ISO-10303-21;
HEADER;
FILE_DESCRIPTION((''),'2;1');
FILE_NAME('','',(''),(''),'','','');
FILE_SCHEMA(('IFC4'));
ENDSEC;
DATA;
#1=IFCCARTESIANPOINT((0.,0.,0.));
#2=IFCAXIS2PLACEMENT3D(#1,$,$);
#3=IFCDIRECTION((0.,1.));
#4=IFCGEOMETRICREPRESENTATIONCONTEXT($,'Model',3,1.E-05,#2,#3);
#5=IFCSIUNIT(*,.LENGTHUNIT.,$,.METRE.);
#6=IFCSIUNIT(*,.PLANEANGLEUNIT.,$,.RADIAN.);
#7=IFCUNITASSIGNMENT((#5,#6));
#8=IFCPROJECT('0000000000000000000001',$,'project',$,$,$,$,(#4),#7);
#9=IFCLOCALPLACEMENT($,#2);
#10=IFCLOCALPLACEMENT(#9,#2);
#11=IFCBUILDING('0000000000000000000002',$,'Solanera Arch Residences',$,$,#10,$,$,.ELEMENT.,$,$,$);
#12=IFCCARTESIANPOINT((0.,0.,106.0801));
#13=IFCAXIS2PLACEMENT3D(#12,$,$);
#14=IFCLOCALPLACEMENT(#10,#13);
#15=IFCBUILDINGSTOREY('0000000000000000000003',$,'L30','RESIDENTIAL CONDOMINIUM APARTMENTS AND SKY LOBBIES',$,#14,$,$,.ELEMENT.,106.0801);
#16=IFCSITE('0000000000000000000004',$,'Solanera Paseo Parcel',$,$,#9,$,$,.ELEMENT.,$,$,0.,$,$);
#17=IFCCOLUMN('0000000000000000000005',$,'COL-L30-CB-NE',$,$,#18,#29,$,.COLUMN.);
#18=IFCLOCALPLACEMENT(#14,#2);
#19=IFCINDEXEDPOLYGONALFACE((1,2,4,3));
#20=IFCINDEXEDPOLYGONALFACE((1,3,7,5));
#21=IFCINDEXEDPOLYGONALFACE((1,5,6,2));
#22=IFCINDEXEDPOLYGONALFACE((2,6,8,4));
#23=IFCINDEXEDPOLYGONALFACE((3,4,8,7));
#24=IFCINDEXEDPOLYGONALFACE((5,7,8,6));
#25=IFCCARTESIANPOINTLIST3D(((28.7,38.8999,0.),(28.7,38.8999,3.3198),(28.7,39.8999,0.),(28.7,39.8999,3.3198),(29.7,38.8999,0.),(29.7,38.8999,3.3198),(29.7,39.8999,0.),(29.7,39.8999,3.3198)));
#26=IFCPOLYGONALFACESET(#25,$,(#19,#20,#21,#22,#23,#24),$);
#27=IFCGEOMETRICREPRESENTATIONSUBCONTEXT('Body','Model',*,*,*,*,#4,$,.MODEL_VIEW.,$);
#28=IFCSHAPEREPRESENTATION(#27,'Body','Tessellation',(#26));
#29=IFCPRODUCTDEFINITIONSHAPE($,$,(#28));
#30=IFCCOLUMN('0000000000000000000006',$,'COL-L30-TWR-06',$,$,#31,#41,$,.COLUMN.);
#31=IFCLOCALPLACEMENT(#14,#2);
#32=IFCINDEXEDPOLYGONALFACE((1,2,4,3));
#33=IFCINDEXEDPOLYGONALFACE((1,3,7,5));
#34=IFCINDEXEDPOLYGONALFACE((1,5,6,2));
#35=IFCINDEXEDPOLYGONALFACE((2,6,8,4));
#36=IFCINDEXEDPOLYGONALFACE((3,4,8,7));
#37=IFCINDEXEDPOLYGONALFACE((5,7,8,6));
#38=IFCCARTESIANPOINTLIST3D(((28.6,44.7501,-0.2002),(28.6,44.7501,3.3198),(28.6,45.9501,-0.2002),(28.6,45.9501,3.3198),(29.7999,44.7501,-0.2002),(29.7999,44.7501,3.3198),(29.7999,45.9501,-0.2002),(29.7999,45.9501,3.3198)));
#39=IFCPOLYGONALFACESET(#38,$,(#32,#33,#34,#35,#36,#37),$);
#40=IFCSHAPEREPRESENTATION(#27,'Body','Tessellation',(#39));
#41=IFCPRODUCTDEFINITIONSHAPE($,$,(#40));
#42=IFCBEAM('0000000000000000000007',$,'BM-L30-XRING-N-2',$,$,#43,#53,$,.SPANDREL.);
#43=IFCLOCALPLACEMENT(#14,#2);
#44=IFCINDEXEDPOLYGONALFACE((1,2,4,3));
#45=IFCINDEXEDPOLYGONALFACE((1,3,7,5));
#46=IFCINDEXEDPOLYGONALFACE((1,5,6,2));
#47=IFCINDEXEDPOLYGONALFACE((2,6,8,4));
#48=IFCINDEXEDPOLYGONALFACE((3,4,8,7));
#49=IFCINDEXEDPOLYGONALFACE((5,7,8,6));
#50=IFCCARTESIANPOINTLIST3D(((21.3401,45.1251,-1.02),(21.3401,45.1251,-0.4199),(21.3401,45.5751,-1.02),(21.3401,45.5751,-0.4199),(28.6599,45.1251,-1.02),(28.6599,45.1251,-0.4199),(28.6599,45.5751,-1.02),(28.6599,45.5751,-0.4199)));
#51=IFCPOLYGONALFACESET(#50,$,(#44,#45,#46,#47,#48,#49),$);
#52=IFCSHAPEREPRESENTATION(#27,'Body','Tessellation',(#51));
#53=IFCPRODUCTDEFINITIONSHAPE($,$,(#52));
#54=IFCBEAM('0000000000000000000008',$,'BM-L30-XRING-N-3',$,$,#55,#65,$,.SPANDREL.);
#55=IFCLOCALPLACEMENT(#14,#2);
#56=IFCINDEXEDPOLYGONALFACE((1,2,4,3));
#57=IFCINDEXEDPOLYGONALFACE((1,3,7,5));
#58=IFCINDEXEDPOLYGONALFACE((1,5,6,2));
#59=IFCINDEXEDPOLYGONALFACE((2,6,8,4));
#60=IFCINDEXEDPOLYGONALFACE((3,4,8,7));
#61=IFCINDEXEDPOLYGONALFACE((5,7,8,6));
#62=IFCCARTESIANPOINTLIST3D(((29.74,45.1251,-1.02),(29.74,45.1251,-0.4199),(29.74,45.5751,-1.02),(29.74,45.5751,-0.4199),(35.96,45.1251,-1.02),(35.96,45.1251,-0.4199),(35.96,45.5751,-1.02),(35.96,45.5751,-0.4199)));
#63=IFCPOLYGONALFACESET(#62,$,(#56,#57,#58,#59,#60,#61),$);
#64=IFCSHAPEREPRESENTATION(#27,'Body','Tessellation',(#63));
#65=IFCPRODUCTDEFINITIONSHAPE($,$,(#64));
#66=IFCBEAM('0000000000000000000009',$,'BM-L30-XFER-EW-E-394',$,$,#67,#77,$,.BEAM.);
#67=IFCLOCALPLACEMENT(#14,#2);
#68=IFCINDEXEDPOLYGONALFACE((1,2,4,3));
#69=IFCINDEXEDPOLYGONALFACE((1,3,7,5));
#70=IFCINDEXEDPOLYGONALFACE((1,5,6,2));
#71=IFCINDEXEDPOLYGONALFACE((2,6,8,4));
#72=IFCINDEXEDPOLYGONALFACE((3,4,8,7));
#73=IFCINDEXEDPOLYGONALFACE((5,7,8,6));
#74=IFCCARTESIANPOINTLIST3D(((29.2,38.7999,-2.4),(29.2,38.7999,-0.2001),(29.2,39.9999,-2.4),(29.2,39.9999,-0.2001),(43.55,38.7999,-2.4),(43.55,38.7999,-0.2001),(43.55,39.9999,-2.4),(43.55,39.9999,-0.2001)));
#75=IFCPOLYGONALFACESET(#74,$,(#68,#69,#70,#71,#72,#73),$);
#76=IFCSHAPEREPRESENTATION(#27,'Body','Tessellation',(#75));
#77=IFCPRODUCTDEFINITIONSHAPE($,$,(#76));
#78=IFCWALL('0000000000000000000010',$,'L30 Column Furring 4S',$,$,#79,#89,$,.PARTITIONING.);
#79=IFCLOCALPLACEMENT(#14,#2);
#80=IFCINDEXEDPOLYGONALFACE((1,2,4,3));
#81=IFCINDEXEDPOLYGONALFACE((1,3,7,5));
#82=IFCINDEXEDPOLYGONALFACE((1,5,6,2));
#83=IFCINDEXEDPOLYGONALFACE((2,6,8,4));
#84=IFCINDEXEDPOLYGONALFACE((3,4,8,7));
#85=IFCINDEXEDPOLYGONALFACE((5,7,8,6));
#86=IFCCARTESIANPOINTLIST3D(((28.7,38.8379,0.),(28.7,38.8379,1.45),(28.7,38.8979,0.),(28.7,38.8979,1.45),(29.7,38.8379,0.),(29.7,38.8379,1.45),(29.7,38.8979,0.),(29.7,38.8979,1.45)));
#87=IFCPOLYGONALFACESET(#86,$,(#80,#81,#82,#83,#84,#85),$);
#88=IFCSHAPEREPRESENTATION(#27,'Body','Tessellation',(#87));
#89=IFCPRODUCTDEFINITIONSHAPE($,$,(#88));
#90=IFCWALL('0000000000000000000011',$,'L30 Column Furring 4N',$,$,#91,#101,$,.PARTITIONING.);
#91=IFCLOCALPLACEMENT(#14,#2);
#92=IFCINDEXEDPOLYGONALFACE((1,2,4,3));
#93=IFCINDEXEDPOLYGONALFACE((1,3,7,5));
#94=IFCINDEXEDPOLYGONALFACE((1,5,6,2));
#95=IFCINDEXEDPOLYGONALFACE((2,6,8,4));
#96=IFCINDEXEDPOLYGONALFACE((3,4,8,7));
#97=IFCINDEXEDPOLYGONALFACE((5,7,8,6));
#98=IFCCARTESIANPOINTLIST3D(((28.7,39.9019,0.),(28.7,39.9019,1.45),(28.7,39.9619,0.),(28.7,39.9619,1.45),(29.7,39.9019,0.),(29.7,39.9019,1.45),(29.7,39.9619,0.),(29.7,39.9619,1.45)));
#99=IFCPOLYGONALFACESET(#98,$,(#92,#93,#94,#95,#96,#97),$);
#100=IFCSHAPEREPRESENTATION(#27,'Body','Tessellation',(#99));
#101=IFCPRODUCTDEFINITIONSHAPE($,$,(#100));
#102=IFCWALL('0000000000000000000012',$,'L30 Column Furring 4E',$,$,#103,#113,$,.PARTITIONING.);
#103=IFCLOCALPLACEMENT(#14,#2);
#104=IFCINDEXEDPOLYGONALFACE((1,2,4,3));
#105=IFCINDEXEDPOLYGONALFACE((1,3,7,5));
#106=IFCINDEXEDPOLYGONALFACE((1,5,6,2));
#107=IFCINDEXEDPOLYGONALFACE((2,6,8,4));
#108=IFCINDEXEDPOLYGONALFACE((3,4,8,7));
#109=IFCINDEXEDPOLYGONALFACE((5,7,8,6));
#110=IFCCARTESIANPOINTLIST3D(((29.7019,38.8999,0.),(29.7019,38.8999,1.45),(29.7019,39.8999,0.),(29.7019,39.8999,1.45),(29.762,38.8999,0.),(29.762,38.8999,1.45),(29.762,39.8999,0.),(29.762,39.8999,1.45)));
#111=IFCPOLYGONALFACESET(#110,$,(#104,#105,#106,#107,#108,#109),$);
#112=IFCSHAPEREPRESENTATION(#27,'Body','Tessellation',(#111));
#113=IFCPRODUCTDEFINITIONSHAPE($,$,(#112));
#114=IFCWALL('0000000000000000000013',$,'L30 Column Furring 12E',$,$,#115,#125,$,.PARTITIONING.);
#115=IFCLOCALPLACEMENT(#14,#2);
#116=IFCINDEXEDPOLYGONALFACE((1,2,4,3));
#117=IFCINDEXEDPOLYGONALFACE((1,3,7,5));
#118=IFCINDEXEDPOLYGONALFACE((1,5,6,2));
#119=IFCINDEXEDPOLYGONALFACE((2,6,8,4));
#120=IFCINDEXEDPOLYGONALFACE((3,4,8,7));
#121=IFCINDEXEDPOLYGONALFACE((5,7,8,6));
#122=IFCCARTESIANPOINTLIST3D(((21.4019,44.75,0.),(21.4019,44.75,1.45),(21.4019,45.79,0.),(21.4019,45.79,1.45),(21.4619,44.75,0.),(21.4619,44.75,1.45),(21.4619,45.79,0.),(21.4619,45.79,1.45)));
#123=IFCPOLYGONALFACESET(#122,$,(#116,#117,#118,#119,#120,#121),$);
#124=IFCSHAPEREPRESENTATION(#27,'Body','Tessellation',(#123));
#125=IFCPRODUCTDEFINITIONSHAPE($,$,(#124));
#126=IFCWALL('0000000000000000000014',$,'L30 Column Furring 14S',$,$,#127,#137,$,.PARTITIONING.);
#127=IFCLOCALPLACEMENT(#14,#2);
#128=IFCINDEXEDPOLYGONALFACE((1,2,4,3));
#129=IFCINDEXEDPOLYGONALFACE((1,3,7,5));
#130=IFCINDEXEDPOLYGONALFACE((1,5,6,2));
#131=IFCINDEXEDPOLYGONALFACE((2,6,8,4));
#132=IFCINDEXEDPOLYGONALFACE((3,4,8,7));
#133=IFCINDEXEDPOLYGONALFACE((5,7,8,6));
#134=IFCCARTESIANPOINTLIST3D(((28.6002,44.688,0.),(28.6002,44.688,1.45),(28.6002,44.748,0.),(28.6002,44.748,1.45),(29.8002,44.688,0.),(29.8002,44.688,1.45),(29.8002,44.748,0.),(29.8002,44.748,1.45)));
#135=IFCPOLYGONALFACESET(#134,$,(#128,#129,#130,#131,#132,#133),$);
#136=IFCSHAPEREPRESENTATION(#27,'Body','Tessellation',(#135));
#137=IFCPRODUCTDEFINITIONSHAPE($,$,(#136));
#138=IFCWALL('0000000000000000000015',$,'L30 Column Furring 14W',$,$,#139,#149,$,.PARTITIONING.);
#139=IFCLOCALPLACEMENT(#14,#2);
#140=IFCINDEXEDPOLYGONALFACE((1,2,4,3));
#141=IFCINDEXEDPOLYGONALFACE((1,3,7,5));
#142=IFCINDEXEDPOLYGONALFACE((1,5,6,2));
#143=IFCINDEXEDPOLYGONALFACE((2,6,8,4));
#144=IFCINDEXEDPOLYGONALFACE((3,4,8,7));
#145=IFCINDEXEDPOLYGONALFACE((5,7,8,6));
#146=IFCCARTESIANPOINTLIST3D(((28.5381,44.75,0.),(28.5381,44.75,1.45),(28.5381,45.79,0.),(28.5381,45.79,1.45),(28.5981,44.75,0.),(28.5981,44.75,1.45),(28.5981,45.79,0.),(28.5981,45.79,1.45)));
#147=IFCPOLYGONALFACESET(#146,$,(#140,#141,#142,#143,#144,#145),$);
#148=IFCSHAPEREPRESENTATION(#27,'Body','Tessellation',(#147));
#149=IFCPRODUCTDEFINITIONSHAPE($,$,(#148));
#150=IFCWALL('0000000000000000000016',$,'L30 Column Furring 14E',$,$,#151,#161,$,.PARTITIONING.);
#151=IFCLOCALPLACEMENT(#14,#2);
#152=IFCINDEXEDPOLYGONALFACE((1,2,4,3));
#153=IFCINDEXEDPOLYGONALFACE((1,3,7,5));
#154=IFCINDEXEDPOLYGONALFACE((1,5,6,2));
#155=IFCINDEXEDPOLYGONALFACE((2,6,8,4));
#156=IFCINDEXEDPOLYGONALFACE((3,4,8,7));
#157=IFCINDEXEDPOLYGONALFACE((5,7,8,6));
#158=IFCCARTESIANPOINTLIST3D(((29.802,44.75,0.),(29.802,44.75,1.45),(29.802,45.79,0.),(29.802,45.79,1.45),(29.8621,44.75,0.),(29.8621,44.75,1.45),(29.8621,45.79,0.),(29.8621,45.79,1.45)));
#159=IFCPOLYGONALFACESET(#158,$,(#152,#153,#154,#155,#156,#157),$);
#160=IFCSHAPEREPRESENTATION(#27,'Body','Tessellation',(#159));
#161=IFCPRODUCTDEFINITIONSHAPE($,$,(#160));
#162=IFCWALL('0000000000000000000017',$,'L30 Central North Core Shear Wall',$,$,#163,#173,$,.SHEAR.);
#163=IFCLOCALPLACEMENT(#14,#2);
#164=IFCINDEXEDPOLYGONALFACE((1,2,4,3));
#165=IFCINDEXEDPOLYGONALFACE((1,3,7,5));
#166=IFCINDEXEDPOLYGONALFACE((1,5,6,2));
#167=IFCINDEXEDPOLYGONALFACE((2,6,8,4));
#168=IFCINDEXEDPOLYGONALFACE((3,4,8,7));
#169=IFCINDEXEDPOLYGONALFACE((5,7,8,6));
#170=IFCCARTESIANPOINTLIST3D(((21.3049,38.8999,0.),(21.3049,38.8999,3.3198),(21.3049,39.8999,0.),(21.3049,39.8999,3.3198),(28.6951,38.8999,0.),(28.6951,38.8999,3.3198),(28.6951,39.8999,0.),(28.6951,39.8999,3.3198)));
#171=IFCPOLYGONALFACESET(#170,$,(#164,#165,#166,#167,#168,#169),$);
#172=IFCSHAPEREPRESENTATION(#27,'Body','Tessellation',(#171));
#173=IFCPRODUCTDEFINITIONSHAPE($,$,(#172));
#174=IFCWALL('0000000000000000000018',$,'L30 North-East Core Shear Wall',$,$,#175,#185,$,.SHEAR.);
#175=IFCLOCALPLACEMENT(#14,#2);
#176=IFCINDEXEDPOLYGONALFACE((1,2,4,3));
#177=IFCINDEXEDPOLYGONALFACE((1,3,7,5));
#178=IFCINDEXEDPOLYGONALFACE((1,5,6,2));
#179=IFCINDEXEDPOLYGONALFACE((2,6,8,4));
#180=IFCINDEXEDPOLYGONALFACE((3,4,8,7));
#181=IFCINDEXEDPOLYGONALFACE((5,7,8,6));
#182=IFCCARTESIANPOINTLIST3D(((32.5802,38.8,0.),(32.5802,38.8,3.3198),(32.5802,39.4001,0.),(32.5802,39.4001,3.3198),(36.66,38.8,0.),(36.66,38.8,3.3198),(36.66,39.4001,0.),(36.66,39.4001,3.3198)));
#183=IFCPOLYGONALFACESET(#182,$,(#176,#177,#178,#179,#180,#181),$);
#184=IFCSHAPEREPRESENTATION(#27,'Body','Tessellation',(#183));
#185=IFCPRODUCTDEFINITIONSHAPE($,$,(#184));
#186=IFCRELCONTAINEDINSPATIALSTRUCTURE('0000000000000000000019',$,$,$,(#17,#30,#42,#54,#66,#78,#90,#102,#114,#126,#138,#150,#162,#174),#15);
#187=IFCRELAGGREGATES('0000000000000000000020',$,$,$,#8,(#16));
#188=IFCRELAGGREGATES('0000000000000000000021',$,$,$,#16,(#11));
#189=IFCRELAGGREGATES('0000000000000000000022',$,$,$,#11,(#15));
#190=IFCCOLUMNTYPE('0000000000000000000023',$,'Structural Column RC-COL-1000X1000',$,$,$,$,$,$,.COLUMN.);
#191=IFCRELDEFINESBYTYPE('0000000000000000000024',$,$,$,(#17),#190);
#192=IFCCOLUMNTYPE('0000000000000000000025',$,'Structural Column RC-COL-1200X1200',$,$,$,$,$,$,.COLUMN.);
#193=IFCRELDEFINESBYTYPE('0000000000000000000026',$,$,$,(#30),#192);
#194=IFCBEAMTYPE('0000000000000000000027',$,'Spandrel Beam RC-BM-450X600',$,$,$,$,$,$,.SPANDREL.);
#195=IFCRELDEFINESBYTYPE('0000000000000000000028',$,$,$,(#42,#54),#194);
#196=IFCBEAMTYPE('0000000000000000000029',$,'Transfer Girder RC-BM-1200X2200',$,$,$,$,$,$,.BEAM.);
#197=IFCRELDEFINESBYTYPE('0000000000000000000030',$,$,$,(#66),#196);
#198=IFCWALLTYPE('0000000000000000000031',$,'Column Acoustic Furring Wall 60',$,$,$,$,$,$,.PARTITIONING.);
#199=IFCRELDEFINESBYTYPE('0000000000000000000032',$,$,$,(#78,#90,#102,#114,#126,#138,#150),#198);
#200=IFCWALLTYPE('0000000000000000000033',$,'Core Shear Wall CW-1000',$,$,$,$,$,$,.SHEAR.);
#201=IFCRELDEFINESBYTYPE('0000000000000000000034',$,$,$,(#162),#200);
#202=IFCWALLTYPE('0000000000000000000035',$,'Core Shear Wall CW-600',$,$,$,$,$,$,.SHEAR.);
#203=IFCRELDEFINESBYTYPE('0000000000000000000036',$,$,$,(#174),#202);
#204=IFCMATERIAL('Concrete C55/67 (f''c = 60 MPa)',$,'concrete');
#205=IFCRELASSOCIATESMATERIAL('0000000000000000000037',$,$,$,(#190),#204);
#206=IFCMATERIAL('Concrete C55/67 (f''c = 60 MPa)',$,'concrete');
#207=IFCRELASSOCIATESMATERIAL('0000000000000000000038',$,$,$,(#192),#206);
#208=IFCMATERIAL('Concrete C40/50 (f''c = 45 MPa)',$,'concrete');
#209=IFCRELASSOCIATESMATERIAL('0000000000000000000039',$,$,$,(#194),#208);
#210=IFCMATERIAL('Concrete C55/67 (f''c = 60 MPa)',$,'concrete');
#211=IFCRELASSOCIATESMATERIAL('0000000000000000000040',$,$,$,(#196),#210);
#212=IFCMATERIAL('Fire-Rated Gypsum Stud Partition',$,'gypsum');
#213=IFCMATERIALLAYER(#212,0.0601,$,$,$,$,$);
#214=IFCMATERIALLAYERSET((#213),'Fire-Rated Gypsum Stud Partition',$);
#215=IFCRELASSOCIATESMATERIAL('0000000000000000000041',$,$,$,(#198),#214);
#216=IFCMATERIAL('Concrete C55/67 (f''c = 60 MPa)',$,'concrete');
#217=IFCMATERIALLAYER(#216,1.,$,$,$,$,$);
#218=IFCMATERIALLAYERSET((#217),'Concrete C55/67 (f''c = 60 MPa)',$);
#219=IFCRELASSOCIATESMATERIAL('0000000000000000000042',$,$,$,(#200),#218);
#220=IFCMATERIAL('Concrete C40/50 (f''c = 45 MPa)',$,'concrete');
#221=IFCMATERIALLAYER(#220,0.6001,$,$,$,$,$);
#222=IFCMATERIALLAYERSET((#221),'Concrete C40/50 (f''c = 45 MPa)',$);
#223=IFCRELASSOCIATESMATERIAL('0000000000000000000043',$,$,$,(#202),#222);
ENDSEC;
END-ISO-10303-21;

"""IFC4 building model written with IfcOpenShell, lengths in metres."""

from ifc_helpers import new_model, si_unit, direction, frame, frame_2d, origin, origin_2d, place, context, subcontext, project, spatial, rectangle, extrude, material, layer, layer_set, material_profile, profile_set, type_object, element, save


model = new_model("IFC4")

# Units and contexts
model_context = context("Model", 3, precision=1e-05, world=origin(), true_north=direction((0.0, 1.0)))
body_context = subcontext(model_context, "Body", "Model", "MODEL_VIEW")
ifc_project = project(units=[si_unit("LENGTHUNIT", "METRE"), si_unit("PLANEANGLEUNIT", "RADIAN")], contexts=[model_context])

# Site, building, storey
site_placement = place(None, origin())
site = spatial("IfcSite", under=ifc_project, at=site_placement, Name="Solanera Paseo Parcel", CompositionType="ELEMENT", RefElevation=0.0)
building_placement = place(site_placement, origin())
building = spatial("IfcBuilding", under=site, at=building_placement, Name="Solanera Arch Residences", CompositionType="ELEMENT")
storey_placement = place(building_placement, frame((0.0, 0.0, 106.0801)))
storey = spatial("IfcBuildingStorey", under=building, at=storey_placement, Name="L30", Description="RESIDENTIAL CONDOMINIUM APARTMENTS AND SKY LOBBIES", CompositionType="ELEMENT", Elevation=106.0801)

# Columns
ifc_material_1 = material(Name="Concrete C55/67 (f'c = 60 MPa)", Category="concrete")
ifc_material_profile_1 = material_profile(ifc_material_1, rectangle(XDim=1.0, YDim=1.0, at=origin_2d()))
ifc_profile_set_1 = profile_set([ifc_material_profile_1], Name="Concrete C55/67 (f'c = 60 MPa)")
column_type_1 = type_object("IfcColumnType", Name="Structural Column RC-COL-1000X1000", PredefinedType="COLUMN", material=ifc_profile_set_1)
column_1_placement = place(storey_placement, frame((29.2, 39.3999, 0.0), z_axis=(0.0, 0.0, 1.0), x_axis=(1.0, 0.0, 0.0)))
element("IfcColumn", 1, at=column_1_placement, inside=storey, type_object=column_type_1, Name="COL-L30-CB-NE", PredefinedType="COLUMN", context=body_context, shape_type="SweptSolid", body=[
    extrude(rectangle(XDim=1.0, YDim=1.0, at=origin_2d()), origin(), (0.0, 0.0, 1.0), 3.3198),
])
ifc_material_2 = material(Name="Concrete C55/67 (f'c = 60 MPa)", Category="concrete")
ifc_material_profile_2 = material_profile(ifc_material_2, rectangle(XDim=1.2, YDim=1.2, at=origin_2d()))
ifc_profile_set_2 = profile_set([ifc_material_profile_2], Name="Concrete C55/67 (f'c = 60 MPa)")
column_type_2 = type_object("IfcColumnType", Name="Structural Column RC-COL-1200X1200", PredefinedType="COLUMN", material=ifc_profile_set_2)
column_2_placement = place(storey_placement, frame((29.2, 45.3501, -0.2002), z_axis=(0.0, 0.0, 1.0), x_axis=(1.0, 0.0, 0.0)))
element("IfcColumn", 2, at=column_2_placement, inside=storey, type_object=column_type_2, Name="COL-L30-TWR-06", PredefinedType="COLUMN", context=body_context, shape_type="SweptSolid", body=[
    extrude(rectangle(XDim=1.2, YDim=1.2, at=origin_2d()), origin(), (0.0, 0.0, 1.0), 3.52),
])

# Beams
ifc_material_3 = material(Name="Concrete C40/50 (f'c = 45 MPa)", Category="concrete")
ifc_material_profile_3 = material_profile(ifc_material_3, rectangle(XDim=0.45, YDim=0.6001, at=origin_2d()))
ifc_profile_set_3 = profile_set([ifc_material_profile_3], Name="Concrete C40/50 (f'c = 45 MPa)")
beam_type_1 = type_object("IfcBeamType", Name="Spandrel Beam RC-BM-450X600", PredefinedType="SPANDREL", material=ifc_profile_set_3)
beam_1_placement = place(storey_placement, frame((21.3401, 45.3501, -0.72), z_axis=(1.0, 0.0, 0.0), x_axis=(0.0, 1.0, 0.0)))
element("IfcBeam", 3, at=beam_1_placement, inside=storey, type_object=beam_type_1, Name="BM-L30-XRING-N-2", PredefinedType="SPANDREL", context=body_context, shape_type="SweptSolid", body=[
    extrude(rectangle(XDim=0.45, YDim=0.6001, at=origin_2d()), origin(), (0.0, 0.0, 1.0), 7.3198),
])
beam_2_placement = place(storey_placement, frame((29.74, 45.3501, -0.72), z_axis=(1.0, 0.0, 0.0), x_axis=(0.0, 1.0, 0.0)))
element("IfcBeam", 4, at=beam_2_placement, inside=storey, type_object=beam_type_1, Name="BM-L30-XRING-N-3", PredefinedType="SPANDREL", context=body_context, shape_type="SweptSolid", body=[
    extrude(rectangle(XDim=0.45, YDim=0.6001, at=origin_2d()), origin(), (0.0, 0.0, 1.0), 6.22),
])
ifc_material_4 = material(Name="Concrete C55/67 (f'c = 60 MPa)", Category="concrete")
ifc_material_profile_4 = material_profile(ifc_material_4, rectangle(XDim=1.2, YDim=2.2, at=origin_2d()))
ifc_profile_set_4 = profile_set([ifc_material_profile_4], Name="Concrete C55/67 (f'c = 60 MPa)")
beam_type_2 = type_object("IfcBeamType", Name="Transfer Girder RC-BM-1200X2200", PredefinedType="BEAM", material=ifc_profile_set_4)
beam_3_placement = place(storey_placement, frame((29.2, 39.3999, -1.3), z_axis=(1.0, 0.0, 0.0), x_axis=(0.0, 1.0, 0.0)))
element("IfcBeam", 5, at=beam_3_placement, inside=storey, type_object=beam_type_2, Name="BM-L30-XFER-EW-E-394", PredefinedType="BEAM", context=body_context, shape_type="SweptSolid", body=[
    extrude(rectangle(XDim=1.2, YDim=2.2, at=origin_2d()), origin(), (0.0, 0.0, 1.0), 14.3501),
])

# Walls
ifc_material_5 = material(Name="Fire-Rated Gypsum Stud Partition", Category="gypsum")
ifc_layer_1 = layer(ifc_material_5, 0.0601)
ifc_layer_set_1 = layer_set([ifc_layer_1], Name="Fire-Rated Gypsum Stud Partition")
wall_type_1 = type_object("IfcWallType", Name="Column Acoustic Furring Wall 60", PredefinedType="PARTITIONING", material=ifc_layer_set_1)
for number, where, z_axis, x_axis, name in (
    (6, (28.7, 38.8679, 0.0), (0.0, 0.0, 1.0), (1.0, 0.0, 0.0), "L30 Column Furring 4S"),
    (7, (28.7, 39.9319, 0.0), (0.0, 0.0, 1.0), (1.0, 0.0, 0.0), "L30 Column Furring 4N"),
    (8, (29.7319, 38.8999, 0.0), (0.0, 0.0, 1.0), (0.0, 1.0, 0.0), "L30 Column Furring 4E"),
):
    element("IfcWall", number, at=place(storey_placement, frame(where, z_axis=z_axis, x_axis=x_axis)), inside=storey, type_object=wall_type_1, Name=name, PredefinedType="PARTITIONING", context=body_context, shape_type="SweptSolid", body=[
        extrude(rectangle(XDim=1.0, YDim=0.0601, at=frame_2d((0.5, 0.0))), origin(), (0.0, 0.0, 1.0), 1.45),
    ])
wall_1_placement = place(storey_placement, frame((21.4319, 44.75, 0.0), z_axis=(0.0, 0.0, 1.0), x_axis=(0.0, 1.0, 0.0)))
element("IfcWall", 9, at=wall_1_placement, inside=storey, type_object=wall_type_1, Name="L30 Column Furring 12E", PredefinedType="PARTITIONING", context=body_context, shape_type="SweptSolid", body=[
    extrude(rectangle(XDim=1.04, YDim=0.0601, at=frame_2d((0.52, 0.0))), origin(), (0.0, 0.0, 1.0), 1.45),
])
wall_2_placement = place(storey_placement, frame((28.6001, 44.718, 0.0), z_axis=(0.0, 0.0, 1.0), x_axis=(1.0, 0.0, 0.0)))
element("IfcWall", 10, at=wall_2_placement, inside=storey, type_object=wall_type_1, Name="L30 Column Furring 14S", PredefinedType="PARTITIONING", context=body_context, shape_type="SweptSolid", body=[
    extrude(rectangle(XDim=1.2, YDim=0.0601, at=frame_2d((0.6001, 0.0))), origin(), (0.0, 0.0, 1.0), 1.45),
])
for number, where, z_axis, x_axis, name in (
    (11, (28.5681, 44.75, 0.0), (0.0, 0.0, 1.0), (0.0, 1.0, 0.0), "L30 Column Furring 14W"),
    (12, (29.832, 44.75, 0.0), (0.0, 0.0, 1.0), (0.0, 1.0, 0.0), "L30 Column Furring 14E"),
):
    element("IfcWall", number, at=place(storey_placement, frame(where, z_axis=z_axis, x_axis=x_axis)), inside=storey, type_object=wall_type_1, Name=name, PredefinedType="PARTITIONING", context=body_context, shape_type="SweptSolid", body=[
        extrude(rectangle(XDim=1.04, YDim=0.0601, at=frame_2d((0.52, 0.0))), origin(), (0.0, 0.0, 1.0), 1.45),
    ])
ifc_material_6 = material(Name="Concrete C55/67 (f'c = 60 MPa)", Category="concrete")
ifc_layer_2 = layer(ifc_material_6, 1.0)
ifc_layer_set_2 = layer_set([ifc_layer_2], Name="Concrete C55/67 (f'c = 60 MPa)")
wall_type_2 = type_object("IfcWallType", Name="Core Shear Wall CW-1000", PredefinedType="SHEAR", material=ifc_layer_set_2)
wall_3_placement = place(storey_placement, frame((21.3049, 39.3999, 0.0), z_axis=(0.0, 0.0, 1.0), x_axis=(1.0, 0.0, 0.0)))
element("IfcWall", 13, at=wall_3_placement, inside=storey, type_object=wall_type_2, Name="L30 Central North Core Shear Wall", PredefinedType="SHEAR", context=body_context, shape_type="SweptSolid", body=[
    extrude(rectangle(XDim=7.3901, YDim=1.0, at=frame_2d((3.6951, 0.0))), origin(), (0.0, 0.0, 1.0), 3.3198),
])
ifc_material_7 = material(Name="Concrete C40/50 (f'c = 45 MPa)", Category="concrete")
ifc_layer_3 = layer(ifc_material_7, 0.6001)
ifc_layer_set_3 = layer_set([ifc_layer_3], Name="Concrete C40/50 (f'c = 45 MPa)")
wall_type_3 = type_object("IfcWallType", Name="Core Shear Wall CW-600", PredefinedType="SHEAR", material=ifc_layer_set_3)
wall_4_placement = place(storey_placement, frame((32.5801, 39.1001, 0.0), z_axis=(0.0, 0.0, 1.0), x_axis=(1.0, 0.0, 0.0)))
element("IfcWall", 14, at=wall_4_placement, inside=storey, type_object=wall_type_3, Name="L30 North-East Core Shear Wall", PredefinedType="SHEAR", context=body_context, shape_type="SweptSolid", body=[
    extrude(rectangle(XDim=4.0798, YDim=0.6001, at=frame_2d((2.04, 0.0))), origin(), (0.0, 0.0, 1.0), 3.3198),
])

save(model, "model.ifc")
